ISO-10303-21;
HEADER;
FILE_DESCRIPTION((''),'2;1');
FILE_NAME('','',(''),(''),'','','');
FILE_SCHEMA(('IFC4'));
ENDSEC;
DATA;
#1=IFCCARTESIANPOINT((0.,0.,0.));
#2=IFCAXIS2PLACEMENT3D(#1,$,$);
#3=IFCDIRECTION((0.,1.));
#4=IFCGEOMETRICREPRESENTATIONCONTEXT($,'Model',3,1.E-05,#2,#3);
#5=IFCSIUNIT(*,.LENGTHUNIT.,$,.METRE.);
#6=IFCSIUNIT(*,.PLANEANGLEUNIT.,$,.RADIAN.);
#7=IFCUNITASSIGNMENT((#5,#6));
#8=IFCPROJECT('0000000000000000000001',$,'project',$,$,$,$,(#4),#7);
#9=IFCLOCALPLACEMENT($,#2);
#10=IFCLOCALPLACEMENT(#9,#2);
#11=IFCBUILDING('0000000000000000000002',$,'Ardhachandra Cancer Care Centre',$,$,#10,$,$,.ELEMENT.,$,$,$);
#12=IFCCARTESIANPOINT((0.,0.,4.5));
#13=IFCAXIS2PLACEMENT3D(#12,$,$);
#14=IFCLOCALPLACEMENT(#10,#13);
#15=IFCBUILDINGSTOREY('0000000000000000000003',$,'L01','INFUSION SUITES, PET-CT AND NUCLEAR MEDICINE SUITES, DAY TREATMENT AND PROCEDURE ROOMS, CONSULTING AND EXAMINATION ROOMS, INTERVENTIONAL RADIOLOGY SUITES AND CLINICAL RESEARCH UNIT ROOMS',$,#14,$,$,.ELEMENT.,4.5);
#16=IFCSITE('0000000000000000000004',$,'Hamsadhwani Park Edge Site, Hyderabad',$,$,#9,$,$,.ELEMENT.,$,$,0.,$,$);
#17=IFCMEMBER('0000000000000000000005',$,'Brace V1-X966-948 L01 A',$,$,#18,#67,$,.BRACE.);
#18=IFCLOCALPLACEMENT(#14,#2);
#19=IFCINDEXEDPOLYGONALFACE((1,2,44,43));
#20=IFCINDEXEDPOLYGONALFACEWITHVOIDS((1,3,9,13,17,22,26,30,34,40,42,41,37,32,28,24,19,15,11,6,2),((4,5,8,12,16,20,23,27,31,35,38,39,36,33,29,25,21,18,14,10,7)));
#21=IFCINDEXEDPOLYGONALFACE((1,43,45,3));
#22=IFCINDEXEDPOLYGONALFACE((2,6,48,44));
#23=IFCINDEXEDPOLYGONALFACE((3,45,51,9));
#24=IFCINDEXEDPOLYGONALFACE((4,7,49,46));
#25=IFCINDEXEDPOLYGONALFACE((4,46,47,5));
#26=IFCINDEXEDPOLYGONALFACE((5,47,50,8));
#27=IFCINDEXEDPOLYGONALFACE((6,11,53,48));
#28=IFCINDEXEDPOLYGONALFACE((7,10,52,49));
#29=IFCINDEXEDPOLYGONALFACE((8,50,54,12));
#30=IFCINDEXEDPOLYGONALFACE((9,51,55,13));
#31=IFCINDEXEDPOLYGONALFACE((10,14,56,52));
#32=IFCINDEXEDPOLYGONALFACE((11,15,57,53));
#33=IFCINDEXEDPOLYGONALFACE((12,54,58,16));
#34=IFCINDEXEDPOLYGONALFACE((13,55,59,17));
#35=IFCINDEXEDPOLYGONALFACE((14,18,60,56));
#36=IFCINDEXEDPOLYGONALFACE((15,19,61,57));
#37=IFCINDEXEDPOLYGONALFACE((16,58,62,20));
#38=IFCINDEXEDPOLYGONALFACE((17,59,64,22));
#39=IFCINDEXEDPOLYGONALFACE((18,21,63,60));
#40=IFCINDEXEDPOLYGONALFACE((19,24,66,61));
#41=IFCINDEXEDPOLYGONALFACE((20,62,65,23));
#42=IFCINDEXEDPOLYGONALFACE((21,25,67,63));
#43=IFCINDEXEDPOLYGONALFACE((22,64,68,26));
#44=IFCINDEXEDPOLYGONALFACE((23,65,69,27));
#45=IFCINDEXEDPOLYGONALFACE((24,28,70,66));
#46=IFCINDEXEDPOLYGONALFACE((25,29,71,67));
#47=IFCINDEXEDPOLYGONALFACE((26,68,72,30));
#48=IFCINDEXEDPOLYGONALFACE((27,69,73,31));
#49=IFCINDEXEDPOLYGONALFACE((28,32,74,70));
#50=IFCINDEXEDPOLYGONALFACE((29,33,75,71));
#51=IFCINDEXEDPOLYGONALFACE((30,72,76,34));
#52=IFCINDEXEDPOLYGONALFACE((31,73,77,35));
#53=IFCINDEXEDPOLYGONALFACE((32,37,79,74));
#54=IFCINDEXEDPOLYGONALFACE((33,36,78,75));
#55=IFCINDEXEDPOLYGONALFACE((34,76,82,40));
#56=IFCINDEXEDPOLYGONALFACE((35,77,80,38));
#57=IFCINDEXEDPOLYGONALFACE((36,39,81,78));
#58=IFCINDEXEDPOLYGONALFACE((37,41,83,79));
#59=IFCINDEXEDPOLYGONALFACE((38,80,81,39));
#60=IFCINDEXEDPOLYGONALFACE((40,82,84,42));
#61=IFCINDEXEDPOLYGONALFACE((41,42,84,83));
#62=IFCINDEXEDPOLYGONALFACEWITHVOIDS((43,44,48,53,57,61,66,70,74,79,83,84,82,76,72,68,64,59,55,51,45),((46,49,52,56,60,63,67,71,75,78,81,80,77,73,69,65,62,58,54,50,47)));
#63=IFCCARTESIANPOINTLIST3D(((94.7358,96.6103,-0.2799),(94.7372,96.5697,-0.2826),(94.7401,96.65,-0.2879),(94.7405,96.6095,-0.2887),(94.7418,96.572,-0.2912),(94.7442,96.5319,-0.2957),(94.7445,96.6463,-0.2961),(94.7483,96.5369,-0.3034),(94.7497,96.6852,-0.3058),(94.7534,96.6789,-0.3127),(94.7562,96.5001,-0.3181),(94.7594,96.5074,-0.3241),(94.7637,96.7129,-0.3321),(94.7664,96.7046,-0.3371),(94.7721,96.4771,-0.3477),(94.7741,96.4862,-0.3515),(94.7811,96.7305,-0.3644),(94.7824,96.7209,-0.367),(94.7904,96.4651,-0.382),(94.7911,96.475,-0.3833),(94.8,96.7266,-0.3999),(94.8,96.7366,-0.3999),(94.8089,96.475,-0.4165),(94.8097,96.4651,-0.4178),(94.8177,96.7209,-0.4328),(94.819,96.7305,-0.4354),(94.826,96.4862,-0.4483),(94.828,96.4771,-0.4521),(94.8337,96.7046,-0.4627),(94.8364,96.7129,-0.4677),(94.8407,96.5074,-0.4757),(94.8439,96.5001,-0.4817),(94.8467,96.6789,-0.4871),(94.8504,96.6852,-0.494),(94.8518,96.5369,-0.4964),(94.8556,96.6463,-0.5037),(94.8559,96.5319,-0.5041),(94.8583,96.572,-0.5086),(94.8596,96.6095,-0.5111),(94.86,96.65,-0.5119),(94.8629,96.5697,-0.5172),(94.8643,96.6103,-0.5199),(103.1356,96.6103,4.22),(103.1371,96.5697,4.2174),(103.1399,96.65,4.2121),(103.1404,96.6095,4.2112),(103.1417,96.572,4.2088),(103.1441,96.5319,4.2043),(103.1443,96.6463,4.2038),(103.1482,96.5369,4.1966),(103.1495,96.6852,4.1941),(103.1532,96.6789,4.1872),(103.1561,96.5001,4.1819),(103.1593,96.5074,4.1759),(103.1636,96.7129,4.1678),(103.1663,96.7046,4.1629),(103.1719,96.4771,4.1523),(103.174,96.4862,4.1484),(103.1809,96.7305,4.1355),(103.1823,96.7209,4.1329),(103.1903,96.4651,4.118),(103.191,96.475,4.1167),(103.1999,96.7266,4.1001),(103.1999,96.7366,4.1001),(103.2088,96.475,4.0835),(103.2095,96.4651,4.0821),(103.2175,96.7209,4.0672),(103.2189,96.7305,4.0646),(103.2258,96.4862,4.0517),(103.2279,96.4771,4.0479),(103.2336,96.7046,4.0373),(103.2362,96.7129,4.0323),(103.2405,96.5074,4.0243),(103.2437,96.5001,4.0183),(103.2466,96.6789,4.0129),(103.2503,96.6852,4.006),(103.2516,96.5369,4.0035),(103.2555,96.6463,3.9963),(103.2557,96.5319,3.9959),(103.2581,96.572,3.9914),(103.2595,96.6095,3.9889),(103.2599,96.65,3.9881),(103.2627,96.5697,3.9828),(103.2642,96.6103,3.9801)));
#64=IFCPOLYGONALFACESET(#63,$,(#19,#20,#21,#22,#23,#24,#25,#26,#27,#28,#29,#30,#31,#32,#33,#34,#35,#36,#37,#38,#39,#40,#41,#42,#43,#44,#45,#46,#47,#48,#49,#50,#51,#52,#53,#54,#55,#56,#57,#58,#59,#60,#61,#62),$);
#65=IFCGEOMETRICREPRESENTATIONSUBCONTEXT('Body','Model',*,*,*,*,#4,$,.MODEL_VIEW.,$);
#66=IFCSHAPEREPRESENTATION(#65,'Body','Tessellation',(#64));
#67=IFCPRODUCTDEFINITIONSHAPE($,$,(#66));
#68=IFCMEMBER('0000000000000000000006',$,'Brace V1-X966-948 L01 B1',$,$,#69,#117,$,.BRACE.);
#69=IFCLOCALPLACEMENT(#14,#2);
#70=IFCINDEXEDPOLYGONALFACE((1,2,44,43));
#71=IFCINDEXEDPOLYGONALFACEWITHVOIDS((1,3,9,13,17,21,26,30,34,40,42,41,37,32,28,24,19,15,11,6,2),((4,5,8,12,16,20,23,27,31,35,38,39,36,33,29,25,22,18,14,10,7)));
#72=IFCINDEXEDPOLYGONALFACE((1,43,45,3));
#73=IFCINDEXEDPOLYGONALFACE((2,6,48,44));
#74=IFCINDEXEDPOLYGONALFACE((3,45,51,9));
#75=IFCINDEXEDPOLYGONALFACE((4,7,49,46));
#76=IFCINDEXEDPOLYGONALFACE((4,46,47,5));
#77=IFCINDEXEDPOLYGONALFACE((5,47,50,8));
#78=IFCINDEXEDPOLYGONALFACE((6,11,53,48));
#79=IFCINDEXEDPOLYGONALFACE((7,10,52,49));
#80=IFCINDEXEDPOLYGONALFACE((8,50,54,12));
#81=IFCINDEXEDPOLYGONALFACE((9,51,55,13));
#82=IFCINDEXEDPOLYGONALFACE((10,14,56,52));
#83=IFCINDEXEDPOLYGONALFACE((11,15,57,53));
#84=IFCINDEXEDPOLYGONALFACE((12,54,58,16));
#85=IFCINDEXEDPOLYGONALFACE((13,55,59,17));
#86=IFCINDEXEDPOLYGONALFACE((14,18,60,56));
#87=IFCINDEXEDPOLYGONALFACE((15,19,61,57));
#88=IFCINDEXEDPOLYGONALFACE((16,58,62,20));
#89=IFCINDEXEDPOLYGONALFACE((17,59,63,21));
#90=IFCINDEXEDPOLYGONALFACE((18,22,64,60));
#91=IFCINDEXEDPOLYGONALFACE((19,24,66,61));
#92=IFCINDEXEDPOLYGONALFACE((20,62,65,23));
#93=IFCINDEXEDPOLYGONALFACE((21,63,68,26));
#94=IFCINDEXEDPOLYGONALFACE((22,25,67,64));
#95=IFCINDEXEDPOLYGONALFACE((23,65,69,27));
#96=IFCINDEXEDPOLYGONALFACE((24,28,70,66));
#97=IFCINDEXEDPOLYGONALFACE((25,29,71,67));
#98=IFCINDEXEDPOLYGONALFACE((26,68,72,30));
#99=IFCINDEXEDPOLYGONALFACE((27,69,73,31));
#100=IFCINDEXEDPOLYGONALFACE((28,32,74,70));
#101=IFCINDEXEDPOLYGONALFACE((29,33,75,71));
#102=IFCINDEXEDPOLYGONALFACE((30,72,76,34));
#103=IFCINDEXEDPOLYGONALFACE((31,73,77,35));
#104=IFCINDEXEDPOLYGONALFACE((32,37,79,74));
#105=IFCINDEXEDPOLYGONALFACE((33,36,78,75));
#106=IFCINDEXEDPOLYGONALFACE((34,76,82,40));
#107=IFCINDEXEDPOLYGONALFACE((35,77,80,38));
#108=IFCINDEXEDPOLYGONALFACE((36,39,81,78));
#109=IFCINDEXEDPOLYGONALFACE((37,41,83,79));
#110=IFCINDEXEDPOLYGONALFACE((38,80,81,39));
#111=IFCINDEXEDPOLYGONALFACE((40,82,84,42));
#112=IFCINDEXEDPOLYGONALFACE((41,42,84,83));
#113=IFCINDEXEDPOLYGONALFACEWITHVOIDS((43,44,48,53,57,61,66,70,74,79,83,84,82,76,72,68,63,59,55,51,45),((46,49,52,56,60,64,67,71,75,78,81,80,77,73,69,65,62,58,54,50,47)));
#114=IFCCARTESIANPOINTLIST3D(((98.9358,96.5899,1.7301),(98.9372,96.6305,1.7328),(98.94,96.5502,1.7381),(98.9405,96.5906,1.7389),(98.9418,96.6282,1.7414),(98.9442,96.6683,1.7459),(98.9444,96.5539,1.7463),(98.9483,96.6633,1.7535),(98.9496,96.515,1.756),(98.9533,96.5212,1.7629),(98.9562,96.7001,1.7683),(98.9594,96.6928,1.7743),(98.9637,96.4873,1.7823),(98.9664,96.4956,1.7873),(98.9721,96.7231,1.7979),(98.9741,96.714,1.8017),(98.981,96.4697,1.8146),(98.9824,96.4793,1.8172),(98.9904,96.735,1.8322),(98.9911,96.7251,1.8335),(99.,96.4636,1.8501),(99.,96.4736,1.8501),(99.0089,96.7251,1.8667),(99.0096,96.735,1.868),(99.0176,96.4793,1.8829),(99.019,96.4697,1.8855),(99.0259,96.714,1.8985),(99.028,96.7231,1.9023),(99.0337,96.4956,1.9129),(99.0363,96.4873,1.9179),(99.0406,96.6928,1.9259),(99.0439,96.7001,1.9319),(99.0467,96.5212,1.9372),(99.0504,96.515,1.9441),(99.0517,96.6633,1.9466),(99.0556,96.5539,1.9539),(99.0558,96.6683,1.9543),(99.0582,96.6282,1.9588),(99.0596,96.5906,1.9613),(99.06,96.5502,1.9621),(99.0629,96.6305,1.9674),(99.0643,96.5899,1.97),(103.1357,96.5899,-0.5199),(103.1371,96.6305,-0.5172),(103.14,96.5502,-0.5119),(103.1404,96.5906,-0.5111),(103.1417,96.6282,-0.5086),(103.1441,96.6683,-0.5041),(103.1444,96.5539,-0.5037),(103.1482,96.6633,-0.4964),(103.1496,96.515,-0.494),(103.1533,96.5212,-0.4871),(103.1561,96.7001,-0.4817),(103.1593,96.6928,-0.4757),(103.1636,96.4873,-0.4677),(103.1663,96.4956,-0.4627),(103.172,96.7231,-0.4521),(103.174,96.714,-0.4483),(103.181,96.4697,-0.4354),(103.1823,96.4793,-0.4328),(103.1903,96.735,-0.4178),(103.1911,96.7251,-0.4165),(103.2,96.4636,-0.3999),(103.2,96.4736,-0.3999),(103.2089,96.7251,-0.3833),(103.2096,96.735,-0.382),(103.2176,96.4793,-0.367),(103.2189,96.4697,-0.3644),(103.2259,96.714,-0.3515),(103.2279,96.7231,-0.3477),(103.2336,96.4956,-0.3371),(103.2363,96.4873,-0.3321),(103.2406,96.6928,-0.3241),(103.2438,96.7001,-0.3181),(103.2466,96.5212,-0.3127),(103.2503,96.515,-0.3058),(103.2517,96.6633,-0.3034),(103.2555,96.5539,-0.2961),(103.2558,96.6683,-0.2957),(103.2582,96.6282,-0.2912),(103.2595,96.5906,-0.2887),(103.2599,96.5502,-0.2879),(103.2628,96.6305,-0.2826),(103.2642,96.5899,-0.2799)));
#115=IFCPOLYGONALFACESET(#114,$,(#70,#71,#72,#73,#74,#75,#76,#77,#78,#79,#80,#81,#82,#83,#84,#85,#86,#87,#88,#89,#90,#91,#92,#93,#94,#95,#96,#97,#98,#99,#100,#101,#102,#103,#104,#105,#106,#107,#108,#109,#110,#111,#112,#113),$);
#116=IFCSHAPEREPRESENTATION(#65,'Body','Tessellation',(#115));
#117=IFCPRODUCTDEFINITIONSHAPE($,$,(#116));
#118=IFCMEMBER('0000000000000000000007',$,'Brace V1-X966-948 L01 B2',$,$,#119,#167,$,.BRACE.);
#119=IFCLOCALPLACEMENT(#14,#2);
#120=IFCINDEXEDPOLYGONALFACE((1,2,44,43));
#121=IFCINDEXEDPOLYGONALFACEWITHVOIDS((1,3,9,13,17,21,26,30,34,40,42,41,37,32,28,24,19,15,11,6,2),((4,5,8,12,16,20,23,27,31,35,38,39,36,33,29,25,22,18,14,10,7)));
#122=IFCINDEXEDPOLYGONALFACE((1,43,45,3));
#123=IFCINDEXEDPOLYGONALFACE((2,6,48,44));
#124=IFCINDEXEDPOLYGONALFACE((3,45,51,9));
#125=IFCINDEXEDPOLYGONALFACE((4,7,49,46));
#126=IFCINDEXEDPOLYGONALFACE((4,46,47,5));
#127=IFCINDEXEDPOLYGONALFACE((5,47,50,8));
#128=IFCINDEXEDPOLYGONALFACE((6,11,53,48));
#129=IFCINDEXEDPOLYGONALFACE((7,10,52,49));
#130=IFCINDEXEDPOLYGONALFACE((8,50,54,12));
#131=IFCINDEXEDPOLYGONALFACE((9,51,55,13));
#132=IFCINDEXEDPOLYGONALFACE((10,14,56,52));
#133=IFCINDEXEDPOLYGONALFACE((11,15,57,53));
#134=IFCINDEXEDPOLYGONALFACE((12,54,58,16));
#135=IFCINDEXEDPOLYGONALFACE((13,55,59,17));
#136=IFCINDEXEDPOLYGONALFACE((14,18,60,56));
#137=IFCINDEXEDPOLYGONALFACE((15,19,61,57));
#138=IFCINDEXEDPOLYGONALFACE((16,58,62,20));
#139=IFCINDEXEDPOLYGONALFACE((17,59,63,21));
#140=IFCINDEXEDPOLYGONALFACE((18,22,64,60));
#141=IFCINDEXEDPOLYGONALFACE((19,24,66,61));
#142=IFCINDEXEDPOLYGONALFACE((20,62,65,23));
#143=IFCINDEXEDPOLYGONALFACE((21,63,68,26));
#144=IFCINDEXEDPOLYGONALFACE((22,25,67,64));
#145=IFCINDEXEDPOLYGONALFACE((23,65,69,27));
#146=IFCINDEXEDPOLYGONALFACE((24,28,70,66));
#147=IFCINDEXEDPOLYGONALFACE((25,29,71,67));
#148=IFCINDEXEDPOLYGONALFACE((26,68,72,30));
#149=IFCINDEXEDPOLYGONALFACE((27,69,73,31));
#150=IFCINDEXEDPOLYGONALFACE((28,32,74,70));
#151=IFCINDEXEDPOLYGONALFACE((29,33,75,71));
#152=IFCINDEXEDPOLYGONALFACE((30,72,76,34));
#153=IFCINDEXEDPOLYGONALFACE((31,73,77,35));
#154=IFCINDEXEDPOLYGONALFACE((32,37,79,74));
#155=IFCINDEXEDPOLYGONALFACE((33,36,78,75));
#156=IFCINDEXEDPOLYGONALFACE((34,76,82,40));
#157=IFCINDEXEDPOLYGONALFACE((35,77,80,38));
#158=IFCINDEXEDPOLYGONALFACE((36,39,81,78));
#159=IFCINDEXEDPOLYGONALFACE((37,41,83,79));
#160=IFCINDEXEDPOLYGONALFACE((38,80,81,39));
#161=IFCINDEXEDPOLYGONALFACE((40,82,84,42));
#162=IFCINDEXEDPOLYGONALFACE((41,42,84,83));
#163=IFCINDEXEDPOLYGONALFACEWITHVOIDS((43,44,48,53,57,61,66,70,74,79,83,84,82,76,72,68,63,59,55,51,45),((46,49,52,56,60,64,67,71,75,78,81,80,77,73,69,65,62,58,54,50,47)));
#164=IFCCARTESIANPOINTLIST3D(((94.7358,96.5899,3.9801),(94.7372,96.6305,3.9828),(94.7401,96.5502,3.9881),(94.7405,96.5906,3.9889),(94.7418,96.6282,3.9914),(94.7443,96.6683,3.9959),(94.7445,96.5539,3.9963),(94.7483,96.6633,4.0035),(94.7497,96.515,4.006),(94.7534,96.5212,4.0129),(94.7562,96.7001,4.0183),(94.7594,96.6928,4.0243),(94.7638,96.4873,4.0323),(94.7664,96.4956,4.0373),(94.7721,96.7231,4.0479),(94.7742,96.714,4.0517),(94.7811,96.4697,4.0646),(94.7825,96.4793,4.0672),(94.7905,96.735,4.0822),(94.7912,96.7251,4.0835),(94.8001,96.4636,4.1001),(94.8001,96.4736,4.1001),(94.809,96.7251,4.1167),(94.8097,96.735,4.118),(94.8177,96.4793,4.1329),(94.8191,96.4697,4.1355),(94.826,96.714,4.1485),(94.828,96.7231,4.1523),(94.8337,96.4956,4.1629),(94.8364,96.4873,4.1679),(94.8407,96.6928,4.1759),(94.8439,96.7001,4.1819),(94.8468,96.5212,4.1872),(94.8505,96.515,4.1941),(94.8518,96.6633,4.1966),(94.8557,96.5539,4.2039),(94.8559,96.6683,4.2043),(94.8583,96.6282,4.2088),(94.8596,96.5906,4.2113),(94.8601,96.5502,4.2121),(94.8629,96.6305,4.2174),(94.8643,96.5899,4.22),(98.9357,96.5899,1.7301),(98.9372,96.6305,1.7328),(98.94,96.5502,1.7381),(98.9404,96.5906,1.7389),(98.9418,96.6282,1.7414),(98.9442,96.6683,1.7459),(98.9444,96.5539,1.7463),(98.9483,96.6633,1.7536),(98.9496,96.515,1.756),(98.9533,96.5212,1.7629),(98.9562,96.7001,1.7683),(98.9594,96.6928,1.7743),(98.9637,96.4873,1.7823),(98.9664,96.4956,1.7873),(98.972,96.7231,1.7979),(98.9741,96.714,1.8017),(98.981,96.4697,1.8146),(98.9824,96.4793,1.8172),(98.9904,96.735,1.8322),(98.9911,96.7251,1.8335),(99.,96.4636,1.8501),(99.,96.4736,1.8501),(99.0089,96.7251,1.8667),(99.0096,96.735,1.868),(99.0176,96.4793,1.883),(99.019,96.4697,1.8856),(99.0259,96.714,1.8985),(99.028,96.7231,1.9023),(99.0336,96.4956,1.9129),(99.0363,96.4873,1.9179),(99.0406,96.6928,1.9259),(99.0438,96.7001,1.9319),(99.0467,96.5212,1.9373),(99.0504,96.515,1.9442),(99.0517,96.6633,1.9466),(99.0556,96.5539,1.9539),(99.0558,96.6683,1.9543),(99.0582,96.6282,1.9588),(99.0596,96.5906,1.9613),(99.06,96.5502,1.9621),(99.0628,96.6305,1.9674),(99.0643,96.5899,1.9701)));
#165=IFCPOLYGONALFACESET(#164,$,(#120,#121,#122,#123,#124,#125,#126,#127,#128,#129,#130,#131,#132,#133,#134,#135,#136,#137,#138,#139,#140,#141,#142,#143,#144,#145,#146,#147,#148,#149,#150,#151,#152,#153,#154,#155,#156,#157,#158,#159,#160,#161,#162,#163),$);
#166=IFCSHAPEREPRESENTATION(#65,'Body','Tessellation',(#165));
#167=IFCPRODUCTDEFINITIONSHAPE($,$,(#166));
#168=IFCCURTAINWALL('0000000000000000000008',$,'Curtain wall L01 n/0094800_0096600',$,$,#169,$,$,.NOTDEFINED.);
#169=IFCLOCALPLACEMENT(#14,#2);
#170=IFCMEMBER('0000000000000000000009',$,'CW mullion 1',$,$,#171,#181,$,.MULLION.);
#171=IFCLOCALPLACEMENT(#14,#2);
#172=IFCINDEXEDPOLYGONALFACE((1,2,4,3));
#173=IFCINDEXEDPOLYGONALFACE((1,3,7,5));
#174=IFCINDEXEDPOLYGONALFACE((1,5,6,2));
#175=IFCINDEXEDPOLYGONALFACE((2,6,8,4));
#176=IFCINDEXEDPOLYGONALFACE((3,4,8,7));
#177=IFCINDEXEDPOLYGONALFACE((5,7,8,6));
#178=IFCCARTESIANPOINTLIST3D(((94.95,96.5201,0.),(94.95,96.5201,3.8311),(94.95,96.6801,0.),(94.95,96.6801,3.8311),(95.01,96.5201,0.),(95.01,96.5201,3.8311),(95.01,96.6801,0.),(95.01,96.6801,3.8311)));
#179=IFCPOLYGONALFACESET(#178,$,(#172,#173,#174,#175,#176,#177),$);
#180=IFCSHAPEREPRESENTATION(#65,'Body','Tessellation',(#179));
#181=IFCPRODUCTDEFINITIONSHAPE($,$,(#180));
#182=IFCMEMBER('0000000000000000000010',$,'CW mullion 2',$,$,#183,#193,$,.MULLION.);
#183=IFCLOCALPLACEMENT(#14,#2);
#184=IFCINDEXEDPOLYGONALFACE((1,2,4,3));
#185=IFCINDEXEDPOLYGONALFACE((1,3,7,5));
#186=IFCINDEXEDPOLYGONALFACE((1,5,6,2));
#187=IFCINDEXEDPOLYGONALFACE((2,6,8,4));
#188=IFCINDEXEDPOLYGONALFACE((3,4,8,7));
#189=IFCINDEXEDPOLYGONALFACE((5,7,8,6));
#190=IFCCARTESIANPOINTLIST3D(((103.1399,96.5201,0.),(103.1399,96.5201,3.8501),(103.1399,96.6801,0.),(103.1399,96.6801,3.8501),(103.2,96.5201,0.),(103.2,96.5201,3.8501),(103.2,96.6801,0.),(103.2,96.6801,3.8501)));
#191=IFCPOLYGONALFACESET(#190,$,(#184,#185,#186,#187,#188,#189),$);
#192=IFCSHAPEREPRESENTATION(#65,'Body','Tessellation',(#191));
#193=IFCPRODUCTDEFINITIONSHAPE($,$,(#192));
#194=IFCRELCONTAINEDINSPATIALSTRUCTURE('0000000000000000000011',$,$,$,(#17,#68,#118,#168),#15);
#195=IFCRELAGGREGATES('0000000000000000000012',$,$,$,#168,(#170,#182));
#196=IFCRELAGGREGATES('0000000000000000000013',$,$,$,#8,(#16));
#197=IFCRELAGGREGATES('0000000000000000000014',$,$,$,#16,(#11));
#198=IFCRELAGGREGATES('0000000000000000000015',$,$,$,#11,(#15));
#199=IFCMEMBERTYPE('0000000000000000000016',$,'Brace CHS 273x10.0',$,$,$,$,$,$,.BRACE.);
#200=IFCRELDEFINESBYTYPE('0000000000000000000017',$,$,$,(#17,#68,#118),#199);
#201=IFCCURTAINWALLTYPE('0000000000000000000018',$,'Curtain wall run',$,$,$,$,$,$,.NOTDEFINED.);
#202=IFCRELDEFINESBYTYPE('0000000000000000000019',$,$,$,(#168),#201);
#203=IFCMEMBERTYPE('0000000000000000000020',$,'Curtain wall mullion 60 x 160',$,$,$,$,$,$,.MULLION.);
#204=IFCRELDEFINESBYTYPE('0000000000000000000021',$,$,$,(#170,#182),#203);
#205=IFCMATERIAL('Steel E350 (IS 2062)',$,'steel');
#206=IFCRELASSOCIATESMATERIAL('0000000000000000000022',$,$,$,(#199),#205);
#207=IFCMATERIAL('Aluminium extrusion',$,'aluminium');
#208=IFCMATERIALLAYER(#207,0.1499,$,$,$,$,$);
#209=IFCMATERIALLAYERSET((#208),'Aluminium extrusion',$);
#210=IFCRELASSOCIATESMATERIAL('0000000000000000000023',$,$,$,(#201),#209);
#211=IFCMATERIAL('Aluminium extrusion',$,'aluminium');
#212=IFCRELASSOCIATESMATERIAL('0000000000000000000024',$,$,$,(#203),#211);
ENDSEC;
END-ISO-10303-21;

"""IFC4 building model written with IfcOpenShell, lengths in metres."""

from ifc_helpers import new_model, si_unit, direction, frame, origin, origin_2d, place, context, subcontext, project, spatial, rectangle, hollow_circle, extrude, material, layer, layer_set, material_profile, profile_set, type_object, element, aggregate, save


model = new_model("IFC4")

# Units and contexts
model_context = context("Model", 3, precision=1e-05, world=origin(), true_north=direction((0.0, 1.0)))
body_context = subcontext(model_context, "Body", "Model", "MODEL_VIEW")
ifc_project = project(units=[si_unit("LENGTHUNIT", "METRE"), si_unit("PLANEANGLEUNIT", "RADIAN")], contexts=[model_context])

# Site, building, storey
site_placement = place(None, origin())
site = spatial("IfcSite", under=ifc_project, at=site_placement, Name="Hamsadhwani Park Edge Site, Hyderabad", CompositionType="ELEMENT", RefElevation=0.0)
building_placement = place(site_placement, origin())
building = spatial("IfcBuilding", under=site, at=building_placement, Name="Ardhachandra Cancer Care Centre", CompositionType="ELEMENT")
storey_placement = place(building_placement, frame((0.0, 0.0, 4.5)))
storey = spatial("IfcBuildingStorey", under=building, at=storey_placement, Name="L01", Description="INFUSION SUITES, PET-CT AND NUCLEAR MEDICINE SUITES, DAY TREATMENT AND PROCEDURE ROOMS, CONSULTING AND EXAMINATION ROOMS, INTERVENTIONAL RADIOLOGY SUITES AND CLINICAL RESEARCH UNIT ROOMS", CompositionType="ELEMENT", Elevation=4.5)

# Members
ifc_material_1 = material(Name="Steel E350 (IS 2062)", Category="steel")
ifc_material_profile_1 = material_profile(ifc_material_1, hollow_circle(Radius=0.1365, WallThickness=0.01, at=origin_2d()), Name="CHS 273x10.0")
ifc_profile_set_1 = profile_set([ifc_material_profile_1], Name="Steel E350 (IS 2062)")
member_type_1 = type_object("IfcMemberType", Name="Brace CHS 273x10.0", PredefinedType="BRACE", material=ifc_profile_set_1)
member_1_placement = place(storey_placement, frame((94.8, 96.6001, -0.3999), z_axis=(0.881478, 0.0, 0.472226), x_axis=(0.0, 1.0, 0.0)))
element("IfcMember", 1, at=member_1_placement, inside=storey, type_object=member_type_1, Name="Brace V1-X966-948 L01 A", PredefinedType="BRACE", context=body_context, shape_type="SweptSolid", body=[
    extrude(hollow_circle(Radius=0.1365, WallThickness=0.01, at=origin_2d()), origin(), (0.0, 0.0, 1.0), 9.5293),
])
for number, where, z_axis, x_axis, name in (
    (2, (103.2, 96.6001, -0.3999), (-0.881478, 0.0, 0.472226), (0.0, -1.0, 0.0), "Brace V1-X966-948 L01 B1"),
    (3, (99.0, 96.6001, 1.8501), (-0.881478, 0.0, 0.472226), (0.0, -1.0, 0.0), "Brace V1-X966-948 L01 B2"),
):
    element("IfcMember", number, at=place(storey_placement, frame(where, z_axis=z_axis, x_axis=x_axis)), inside=storey, type_object=member_type_1, Name=name, PredefinedType="BRACE", context=body_context, shape_type="SweptSolid", body=[
        extrude(hollow_circle(Radius=0.1365, WallThickness=0.01, at=origin_2d()), origin(), (0.0, 0.0, 1.0), 4.7646),
    ])

# Curtain wall, members
ifc_material_2 = material(Name="Aluminium extrusion", Category="aluminium")
ifc_layer_1 = layer(ifc_material_2, 0.1499)
ifc_layer_set_1 = layer_set([ifc_layer_1], Name="Aluminium extrusion")
curtain_wall_type = type_object("IfcCurtainWallType", Name="Curtain wall run", PredefinedType="NOTDEFINED", material=ifc_layer_set_1)
curtain_wall_placement = place(storey_placement, origin())
curtain_wall = element("IfcCurtainWall", 4, at=curtain_wall_placement, inside=storey, type_object=curtain_wall_type, Name="Curtain wall L01 n/0094800_0096600", PredefinedType="NOTDEFINED")
ifc_material_3 = material(Name="Aluminium extrusion", Category="aluminium")
ifc_material_profile_2 = material_profile(ifc_material_3, rectangle(XDim=0.1599, YDim=0.0601, at=origin_2d()), Name="Curtain wall mullion 60 x 160")
ifc_profile_set_2 = profile_set([ifc_material_profile_2], Name="Aluminium extrusion")
member_type_2 = type_object("IfcMemberType", Name="Curtain wall mullion 60 x 160", PredefinedType="MULLION", material=ifc_profile_set_2)
member_2_placement = place(storey_placement, frame((94.98, 96.6001, 0.0), z_axis=(0.0, 0.0, 1.0), x_axis=(0.0, 1.0, 0.0)))
member_2 = element("IfcMember", 5, at=member_2_placement, type_object=member_type_2, Name="CW mullion 1", PredefinedType="MULLION", context=body_context, shape_type="SweptSolid", body=[
    extrude(rectangle(XDim=0.1599, YDim=0.0601, at=origin_2d()), origin(), (0.0, 0.0, 1.0), 3.8311),
])
member_3_placement = place(storey_placement, frame((103.1699, 96.6001, 0.0), z_axis=(0.0, 0.0, 1.0), x_axis=(0.0, 1.0, 0.0)))
member_3 = element("IfcMember", 6, at=member_3_placement, type_object=member_type_2, Name="CW mullion 2", PredefinedType="MULLION", context=body_context, shape_type="SweptSolid", body=[
    extrude(rectangle(XDim=0.1599, YDim=0.0601, at=origin_2d()), origin(), (0.0, 0.0, 1.0), 3.8501),
])
aggregate(curtain_wall, [member_2, member_3])

save(model, "model.ifc")
